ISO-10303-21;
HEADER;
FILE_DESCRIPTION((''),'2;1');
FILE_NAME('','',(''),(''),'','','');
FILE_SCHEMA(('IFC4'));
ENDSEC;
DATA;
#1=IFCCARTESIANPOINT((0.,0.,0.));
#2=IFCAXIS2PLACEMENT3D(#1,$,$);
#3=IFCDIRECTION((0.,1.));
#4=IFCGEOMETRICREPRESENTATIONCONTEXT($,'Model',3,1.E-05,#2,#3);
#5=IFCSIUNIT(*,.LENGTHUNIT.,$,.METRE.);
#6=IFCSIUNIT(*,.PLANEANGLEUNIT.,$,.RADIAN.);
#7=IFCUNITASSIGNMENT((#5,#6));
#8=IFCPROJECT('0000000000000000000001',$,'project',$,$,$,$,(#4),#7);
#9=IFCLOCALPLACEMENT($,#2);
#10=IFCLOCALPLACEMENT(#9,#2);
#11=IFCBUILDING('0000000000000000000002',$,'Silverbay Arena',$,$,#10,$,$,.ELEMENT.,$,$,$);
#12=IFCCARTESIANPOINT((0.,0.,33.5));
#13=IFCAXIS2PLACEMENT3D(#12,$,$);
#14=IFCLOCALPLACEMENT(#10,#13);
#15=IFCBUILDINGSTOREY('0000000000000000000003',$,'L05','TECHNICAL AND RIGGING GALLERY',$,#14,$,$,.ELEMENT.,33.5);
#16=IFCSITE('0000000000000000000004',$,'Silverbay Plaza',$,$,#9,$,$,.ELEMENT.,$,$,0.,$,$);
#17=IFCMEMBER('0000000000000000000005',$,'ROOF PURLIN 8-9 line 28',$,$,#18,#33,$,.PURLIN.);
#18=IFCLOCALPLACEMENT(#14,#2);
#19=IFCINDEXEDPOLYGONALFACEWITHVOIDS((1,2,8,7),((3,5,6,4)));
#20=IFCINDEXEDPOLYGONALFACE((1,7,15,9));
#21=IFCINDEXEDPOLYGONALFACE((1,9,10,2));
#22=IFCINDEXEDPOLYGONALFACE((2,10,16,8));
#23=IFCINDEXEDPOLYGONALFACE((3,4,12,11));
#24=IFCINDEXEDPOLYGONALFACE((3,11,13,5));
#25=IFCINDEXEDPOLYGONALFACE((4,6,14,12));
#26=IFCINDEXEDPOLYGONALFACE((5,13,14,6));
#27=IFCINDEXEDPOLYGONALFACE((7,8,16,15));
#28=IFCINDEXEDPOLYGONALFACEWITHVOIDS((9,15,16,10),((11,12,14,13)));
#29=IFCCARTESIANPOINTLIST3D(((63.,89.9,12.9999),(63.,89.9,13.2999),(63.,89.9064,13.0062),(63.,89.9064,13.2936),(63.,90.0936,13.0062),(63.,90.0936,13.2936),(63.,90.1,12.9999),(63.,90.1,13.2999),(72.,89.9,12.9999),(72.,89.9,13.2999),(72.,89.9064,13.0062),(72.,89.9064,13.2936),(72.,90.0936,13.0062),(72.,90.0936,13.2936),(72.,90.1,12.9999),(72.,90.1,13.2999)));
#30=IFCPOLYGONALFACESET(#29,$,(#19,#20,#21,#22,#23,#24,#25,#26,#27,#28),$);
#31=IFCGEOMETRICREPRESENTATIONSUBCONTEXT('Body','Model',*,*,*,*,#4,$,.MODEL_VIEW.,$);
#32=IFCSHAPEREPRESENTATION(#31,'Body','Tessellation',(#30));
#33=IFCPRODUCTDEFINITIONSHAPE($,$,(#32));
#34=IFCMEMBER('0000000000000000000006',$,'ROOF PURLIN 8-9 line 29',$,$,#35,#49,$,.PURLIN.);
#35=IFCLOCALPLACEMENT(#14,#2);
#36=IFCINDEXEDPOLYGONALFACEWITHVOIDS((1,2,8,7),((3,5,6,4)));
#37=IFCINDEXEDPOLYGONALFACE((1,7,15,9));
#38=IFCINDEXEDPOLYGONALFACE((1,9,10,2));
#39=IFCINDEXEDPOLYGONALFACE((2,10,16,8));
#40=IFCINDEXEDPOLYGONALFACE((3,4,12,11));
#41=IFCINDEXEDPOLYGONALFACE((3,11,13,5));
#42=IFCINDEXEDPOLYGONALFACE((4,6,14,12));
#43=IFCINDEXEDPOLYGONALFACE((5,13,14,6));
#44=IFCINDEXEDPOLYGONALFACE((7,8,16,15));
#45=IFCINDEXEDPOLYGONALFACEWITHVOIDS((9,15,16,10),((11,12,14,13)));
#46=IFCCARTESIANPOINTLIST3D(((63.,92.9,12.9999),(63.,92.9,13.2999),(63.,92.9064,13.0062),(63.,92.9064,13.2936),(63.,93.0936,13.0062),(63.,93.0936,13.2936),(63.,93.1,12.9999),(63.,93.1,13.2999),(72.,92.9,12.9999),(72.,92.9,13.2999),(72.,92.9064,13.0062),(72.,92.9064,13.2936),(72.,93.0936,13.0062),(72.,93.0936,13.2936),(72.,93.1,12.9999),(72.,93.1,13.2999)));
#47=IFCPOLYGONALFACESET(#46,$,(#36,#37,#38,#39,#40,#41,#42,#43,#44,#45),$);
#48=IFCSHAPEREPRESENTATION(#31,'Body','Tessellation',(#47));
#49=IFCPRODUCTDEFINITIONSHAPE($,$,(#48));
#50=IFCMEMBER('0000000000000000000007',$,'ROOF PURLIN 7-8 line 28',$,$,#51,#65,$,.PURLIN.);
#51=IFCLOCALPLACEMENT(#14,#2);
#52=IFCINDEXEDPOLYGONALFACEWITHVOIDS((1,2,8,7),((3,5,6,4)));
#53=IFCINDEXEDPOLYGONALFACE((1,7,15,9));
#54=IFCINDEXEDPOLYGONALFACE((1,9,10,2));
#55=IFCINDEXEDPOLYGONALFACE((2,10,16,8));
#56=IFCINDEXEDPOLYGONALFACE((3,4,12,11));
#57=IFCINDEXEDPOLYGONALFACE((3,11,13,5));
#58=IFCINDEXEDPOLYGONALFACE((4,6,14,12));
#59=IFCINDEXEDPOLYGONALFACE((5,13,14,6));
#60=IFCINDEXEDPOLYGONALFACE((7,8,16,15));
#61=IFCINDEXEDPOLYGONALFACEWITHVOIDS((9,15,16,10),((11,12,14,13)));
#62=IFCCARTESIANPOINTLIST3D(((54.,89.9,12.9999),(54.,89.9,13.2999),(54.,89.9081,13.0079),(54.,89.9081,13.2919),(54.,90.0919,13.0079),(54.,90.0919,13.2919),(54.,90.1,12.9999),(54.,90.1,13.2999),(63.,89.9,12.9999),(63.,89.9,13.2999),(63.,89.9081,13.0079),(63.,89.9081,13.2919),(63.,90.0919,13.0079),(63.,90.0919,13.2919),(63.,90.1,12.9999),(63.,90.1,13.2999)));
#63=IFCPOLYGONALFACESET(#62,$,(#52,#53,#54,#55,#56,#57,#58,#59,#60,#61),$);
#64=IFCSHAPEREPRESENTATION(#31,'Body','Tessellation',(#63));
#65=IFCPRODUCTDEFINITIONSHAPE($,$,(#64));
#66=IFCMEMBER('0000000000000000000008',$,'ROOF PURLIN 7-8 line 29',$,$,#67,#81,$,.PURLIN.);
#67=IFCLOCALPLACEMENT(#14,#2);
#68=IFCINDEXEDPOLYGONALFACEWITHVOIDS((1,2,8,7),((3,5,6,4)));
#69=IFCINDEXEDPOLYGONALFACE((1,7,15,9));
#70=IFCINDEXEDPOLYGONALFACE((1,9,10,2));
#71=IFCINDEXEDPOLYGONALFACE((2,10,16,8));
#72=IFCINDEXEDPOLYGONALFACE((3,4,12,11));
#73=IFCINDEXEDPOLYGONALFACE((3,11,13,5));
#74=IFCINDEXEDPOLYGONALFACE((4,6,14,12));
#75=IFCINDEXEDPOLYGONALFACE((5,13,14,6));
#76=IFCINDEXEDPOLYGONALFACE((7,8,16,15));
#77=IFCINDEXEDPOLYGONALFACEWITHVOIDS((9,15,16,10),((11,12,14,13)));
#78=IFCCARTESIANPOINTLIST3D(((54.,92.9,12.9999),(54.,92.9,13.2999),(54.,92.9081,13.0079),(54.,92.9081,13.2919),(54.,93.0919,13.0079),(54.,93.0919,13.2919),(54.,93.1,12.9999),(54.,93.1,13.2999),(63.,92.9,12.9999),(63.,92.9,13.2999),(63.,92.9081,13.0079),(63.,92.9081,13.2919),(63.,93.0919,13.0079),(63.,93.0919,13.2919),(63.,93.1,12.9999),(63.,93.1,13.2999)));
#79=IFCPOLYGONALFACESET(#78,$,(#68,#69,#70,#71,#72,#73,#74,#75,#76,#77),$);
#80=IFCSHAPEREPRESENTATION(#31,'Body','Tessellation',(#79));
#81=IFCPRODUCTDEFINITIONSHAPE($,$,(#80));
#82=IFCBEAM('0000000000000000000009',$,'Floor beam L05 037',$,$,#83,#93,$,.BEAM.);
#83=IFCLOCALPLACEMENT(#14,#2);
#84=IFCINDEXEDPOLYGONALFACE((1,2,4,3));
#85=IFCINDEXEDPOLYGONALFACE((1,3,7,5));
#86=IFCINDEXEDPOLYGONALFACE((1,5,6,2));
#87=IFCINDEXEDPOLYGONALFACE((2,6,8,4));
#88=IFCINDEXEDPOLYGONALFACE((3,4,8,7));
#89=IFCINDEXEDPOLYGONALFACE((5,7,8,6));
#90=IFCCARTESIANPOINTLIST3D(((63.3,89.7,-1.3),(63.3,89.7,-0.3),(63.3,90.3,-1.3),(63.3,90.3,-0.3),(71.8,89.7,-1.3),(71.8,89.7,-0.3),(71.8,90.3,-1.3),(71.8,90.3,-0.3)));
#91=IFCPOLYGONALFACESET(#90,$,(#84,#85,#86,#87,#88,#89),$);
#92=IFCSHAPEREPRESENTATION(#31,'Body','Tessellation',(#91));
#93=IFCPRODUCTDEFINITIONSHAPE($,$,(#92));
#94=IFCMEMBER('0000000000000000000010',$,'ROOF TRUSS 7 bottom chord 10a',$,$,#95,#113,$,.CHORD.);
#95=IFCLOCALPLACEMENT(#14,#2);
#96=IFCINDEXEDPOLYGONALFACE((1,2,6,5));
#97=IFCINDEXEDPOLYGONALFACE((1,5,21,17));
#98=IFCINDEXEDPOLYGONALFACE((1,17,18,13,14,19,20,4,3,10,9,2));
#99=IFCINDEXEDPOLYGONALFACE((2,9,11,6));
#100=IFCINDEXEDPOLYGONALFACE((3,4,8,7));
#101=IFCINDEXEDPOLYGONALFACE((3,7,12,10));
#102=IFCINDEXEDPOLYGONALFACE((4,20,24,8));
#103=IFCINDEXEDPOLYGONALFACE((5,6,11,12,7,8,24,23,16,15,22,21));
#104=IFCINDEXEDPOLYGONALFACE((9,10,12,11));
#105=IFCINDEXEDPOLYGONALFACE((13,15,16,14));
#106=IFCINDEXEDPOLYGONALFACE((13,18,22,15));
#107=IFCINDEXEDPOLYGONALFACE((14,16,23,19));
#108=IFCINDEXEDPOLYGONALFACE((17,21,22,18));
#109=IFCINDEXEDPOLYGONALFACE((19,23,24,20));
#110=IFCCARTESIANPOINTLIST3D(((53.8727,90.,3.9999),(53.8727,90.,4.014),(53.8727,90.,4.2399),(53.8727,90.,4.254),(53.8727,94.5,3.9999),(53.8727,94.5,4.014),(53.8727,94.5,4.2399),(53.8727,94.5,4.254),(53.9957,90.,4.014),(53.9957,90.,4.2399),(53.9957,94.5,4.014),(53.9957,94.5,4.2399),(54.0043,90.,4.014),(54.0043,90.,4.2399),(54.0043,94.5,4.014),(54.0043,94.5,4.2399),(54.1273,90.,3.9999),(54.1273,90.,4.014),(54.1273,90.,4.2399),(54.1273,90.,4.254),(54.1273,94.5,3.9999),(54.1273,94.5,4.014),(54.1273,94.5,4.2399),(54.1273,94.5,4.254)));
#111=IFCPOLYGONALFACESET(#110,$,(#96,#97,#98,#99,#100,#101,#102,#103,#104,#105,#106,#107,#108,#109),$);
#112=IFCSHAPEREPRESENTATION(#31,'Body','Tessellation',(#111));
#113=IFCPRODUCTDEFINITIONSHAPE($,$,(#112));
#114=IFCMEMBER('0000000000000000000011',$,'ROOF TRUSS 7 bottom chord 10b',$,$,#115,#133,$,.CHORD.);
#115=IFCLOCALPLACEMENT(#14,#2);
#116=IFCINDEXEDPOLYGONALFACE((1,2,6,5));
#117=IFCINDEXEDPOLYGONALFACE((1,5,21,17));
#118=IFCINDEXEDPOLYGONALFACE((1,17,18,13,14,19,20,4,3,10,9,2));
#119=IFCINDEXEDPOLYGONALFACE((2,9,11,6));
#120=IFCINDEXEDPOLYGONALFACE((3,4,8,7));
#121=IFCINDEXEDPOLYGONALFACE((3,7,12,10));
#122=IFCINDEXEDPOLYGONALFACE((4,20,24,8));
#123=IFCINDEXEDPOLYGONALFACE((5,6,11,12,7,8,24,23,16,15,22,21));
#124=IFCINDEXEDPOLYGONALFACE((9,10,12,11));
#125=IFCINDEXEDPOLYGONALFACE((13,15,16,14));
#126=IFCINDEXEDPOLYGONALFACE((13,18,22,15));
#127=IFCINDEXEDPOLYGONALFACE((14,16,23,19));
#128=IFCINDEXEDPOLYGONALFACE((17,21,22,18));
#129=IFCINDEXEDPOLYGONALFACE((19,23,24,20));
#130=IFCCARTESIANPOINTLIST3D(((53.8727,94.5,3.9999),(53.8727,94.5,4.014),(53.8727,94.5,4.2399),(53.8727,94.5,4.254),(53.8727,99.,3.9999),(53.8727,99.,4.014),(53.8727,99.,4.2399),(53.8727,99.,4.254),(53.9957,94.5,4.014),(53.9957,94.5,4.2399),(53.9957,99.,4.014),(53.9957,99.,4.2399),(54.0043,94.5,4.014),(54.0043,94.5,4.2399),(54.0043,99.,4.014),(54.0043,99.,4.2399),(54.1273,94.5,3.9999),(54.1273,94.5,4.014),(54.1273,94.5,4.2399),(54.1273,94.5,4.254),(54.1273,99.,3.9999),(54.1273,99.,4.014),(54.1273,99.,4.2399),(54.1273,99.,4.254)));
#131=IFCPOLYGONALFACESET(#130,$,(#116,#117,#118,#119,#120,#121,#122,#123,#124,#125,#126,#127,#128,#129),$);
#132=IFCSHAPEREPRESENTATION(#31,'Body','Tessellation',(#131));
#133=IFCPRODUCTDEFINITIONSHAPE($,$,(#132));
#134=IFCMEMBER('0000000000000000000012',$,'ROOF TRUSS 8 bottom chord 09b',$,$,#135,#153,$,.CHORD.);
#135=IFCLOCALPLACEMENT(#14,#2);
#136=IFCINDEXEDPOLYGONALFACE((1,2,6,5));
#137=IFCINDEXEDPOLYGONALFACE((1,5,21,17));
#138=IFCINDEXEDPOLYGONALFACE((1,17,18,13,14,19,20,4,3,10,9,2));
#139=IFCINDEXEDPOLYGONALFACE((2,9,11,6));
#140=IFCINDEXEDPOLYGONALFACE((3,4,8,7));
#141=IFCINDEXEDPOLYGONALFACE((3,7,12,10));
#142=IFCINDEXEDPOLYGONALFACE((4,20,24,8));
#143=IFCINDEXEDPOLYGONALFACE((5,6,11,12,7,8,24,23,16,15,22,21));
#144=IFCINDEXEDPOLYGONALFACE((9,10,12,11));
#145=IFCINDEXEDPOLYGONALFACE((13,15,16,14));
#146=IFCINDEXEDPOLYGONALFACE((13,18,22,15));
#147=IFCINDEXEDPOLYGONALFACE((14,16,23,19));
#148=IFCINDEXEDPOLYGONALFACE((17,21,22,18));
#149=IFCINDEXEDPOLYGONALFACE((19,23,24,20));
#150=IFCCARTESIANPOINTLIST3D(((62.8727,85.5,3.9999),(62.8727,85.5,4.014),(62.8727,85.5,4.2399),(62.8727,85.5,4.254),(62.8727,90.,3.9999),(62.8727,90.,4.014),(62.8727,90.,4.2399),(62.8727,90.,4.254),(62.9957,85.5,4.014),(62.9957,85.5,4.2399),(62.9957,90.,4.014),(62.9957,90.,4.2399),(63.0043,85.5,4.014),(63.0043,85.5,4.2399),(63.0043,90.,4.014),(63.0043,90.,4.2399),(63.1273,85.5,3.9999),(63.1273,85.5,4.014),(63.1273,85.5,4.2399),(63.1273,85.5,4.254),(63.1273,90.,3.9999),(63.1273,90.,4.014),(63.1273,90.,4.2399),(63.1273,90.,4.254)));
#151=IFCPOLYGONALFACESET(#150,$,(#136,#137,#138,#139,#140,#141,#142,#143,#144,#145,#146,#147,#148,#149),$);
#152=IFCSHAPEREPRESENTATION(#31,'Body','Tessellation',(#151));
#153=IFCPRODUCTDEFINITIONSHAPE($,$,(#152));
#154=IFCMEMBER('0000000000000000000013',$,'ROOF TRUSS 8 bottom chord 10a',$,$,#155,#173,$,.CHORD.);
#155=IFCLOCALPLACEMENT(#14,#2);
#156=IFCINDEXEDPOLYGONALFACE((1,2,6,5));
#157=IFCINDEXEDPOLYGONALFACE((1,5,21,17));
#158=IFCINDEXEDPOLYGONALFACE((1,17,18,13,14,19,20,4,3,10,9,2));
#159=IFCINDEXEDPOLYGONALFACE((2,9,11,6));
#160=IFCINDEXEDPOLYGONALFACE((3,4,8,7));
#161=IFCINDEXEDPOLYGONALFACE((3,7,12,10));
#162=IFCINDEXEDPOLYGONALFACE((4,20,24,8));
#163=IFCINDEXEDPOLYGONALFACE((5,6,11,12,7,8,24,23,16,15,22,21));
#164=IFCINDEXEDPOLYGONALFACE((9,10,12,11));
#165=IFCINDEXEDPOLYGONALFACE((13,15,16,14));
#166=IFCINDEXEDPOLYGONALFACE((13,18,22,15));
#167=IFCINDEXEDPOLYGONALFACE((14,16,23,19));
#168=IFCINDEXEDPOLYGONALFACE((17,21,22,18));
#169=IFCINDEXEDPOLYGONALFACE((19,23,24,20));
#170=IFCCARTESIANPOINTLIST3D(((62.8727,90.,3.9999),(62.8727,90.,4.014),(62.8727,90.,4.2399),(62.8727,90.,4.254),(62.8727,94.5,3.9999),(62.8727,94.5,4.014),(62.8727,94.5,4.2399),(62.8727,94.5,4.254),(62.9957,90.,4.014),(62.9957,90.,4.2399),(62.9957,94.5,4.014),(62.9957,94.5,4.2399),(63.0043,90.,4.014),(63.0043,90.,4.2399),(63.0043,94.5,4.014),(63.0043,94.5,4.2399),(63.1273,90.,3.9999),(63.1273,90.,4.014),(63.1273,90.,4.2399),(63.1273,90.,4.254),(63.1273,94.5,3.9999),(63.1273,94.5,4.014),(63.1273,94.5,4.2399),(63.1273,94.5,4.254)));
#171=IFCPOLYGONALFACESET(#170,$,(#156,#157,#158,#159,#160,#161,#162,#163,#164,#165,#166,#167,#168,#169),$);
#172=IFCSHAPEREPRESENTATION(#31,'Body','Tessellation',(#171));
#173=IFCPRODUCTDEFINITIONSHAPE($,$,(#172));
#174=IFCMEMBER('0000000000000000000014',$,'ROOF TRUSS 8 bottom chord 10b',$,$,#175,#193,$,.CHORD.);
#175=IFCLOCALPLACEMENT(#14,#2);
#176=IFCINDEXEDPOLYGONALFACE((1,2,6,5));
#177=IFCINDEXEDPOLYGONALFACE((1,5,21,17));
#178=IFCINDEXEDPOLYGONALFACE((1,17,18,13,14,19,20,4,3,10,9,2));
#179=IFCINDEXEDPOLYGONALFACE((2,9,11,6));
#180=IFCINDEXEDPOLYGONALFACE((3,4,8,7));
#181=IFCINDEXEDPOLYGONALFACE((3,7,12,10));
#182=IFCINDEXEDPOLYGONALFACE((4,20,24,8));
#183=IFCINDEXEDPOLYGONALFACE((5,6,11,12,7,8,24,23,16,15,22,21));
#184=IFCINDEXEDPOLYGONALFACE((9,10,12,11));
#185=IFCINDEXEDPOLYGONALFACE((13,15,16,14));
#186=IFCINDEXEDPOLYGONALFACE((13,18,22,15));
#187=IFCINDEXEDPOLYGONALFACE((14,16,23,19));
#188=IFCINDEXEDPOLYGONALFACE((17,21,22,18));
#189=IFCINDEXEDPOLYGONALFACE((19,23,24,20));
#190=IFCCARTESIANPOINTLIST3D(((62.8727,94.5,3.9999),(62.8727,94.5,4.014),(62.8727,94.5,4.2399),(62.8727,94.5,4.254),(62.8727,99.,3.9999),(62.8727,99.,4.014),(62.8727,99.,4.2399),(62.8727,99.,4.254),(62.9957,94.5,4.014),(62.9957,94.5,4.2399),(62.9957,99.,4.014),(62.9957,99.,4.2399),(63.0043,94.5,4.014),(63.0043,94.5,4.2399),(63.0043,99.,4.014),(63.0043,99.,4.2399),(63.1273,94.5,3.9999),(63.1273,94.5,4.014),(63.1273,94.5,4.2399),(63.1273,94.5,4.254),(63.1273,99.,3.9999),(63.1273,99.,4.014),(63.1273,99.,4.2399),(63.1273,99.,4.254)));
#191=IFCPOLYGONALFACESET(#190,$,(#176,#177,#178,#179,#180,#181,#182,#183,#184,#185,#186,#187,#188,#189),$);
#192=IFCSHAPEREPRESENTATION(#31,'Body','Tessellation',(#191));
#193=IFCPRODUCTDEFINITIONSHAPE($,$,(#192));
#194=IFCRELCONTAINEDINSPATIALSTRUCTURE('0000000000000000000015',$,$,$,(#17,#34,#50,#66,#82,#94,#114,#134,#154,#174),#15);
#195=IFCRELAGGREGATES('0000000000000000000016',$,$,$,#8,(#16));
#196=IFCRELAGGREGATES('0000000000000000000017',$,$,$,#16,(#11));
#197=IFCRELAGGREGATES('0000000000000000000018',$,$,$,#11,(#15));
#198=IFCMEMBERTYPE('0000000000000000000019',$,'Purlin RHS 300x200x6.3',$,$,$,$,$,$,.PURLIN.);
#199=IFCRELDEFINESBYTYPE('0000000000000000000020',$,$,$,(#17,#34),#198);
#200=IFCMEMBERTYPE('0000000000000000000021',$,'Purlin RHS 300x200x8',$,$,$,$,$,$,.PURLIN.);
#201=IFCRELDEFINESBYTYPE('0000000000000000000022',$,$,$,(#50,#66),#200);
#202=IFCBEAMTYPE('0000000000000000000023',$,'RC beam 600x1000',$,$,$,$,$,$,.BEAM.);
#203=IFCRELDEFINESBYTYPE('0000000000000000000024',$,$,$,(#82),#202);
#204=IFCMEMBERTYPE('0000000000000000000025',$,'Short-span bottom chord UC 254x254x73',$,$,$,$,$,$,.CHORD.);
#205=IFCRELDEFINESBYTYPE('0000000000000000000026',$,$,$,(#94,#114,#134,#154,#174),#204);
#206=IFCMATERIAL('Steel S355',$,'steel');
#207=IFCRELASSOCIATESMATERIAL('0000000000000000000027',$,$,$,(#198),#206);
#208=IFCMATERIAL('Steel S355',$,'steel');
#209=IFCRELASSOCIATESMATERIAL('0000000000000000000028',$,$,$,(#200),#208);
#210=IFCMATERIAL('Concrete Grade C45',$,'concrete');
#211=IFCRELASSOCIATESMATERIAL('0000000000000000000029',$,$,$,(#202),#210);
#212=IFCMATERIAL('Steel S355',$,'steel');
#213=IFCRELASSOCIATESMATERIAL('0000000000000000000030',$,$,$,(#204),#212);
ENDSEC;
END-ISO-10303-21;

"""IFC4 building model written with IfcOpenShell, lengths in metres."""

from ifc_helpers import new_model, si_unit, direction, frame, origin, origin_2d, place, context, subcontext, project, spatial, rectangle, hollow_rectangle, i_section, extrude, material, material_profile, profile_set, type_object, element, save


model = new_model("IFC4")

# Units and contexts
model_context = context("Model", 3, precision=1e-05, world=origin(), true_north=direction((0.0, 1.0)))
body_context = subcontext(model_context, "Body", "Model", "MODEL_VIEW")
ifc_project = project(units=[si_unit("LENGTHUNIT", "METRE"), si_unit("PLANEANGLEUNIT", "RADIAN")], contexts=[model_context])

# Site, building, storey
site_placement = place(None, origin())
site = spatial("IfcSite", under=ifc_project, at=site_placement, Name="Silverbay Plaza", CompositionType="ELEMENT", RefElevation=0.0)
building_placement = place(site_placement, origin())
building = spatial("IfcBuilding", under=site, at=building_placement, Name="Silverbay Arena", CompositionType="ELEMENT")
storey_placement = place(building_placement, frame((0.0, 0.0, 33.5)))
storey = spatial("IfcBuildingStorey", under=building, at=storey_placement, Name="L05", Description="TECHNICAL AND RIGGING GALLERY", CompositionType="ELEMENT", Elevation=33.5)

# Members
ifc_material_1 = material(Name="Steel S355", Category="steel")
ifc_material_profile_1 = material_profile(ifc_material_1, hollow_rectangle(XDim=0.2, YDim=0.3, WallThickness=0.0063, at=origin_2d()), Name="RHS 300x200x6.3")
ifc_profile_set_1 = profile_set([ifc_material_profile_1], Name="Steel S355")
member_type_1 = type_object("IfcMemberType", Name="Purlin RHS 300x200x6.3", PredefinedType="PURLIN", material=ifc_profile_set_1)
for number, where, z_axis, x_axis, name in (
    (1, (63.0, 90.0, 13.1499), (1.0, 0.0, 0.0), (0.0, 1.0, 0.0), "ROOF PURLIN 8-9 line 28"),
    (2, (63.0, 93.0, 13.1499), (1.0, 0.0, 0.0), (0.0, 1.0, 0.0), "ROOF PURLIN 8-9 line 29"),
):
    element("IfcMember", number, at=place(storey_placement, frame(where, z_axis=z_axis, x_axis=x_axis)), inside=storey, type_object=member_type_1, Name=name, PredefinedType="PURLIN", context=body_context, shape_type="SweptSolid", body=[
        extrude(hollow_rectangle(XDim=0.2, YDim=0.3, WallThickness=0.0063, at=origin_2d()), origin(), (0.0, 0.0, 1.0), 9.0),
    ])
ifc_material_2 = material(Name="Steel S355", Category="steel")
ifc_material_profile_2 = material_profile(ifc_material_2, hollow_rectangle(XDim=0.2, YDim=0.3, WallThickness=0.0081, at=origin_2d()), Name="RHS 300x200x8")
ifc_profile_set_2 = profile_set([ifc_material_profile_2], Name="Steel S355")
member_type_2 = type_object("IfcMemberType", Name="Purlin RHS 300x200x8", PredefinedType="PURLIN", material=ifc_profile_set_2)
for number, where, z_axis, x_axis, name in (
    (3, (54.0, 90.0, 13.1499), (1.0, 0.0, 0.0), (0.0, 1.0, 0.0), "ROOF PURLIN 7-8 line 28"),
    (4, (54.0, 93.0, 13.1499), (1.0, 0.0, 0.0), (0.0, 1.0, 0.0), "ROOF PURLIN 7-8 line 29"),
):
    element("IfcMember", number, at=place(storey_placement, frame(where, z_axis=z_axis, x_axis=x_axis)), inside=storey, type_object=member_type_2, Name=name, PredefinedType="PURLIN", context=body_context, shape_type="SweptSolid", body=[
        extrude(hollow_rectangle(XDim=0.2, YDim=0.3, WallThickness=0.0081, at=origin_2d()), origin(), (0.0, 0.0, 1.0), 9.0),
    ])

# Beam
ifc_material_3 = material(Name="Concrete Grade C45", Category="concrete")
ifc_material_profile_3 = material_profile(ifc_material_3, rectangle(XDim=0.6001, YDim=1.0, at=origin_2d()), Name="RC 600x1000")
ifc_profile_set_3 = profile_set([ifc_material_profile_3], Name="Concrete Grade C45")
beam_type = type_object("IfcBeamType", Name="RC beam 600x1000", PredefinedType="BEAM", material=ifc_profile_set_3)
beam_placement = place(storey_placement, frame((63.3, 90.0, -0.8), z_axis=(1.0, 0.0, 0.0), x_axis=(0.0, 1.0, 0.0)))
element("IfcBeam", 5, at=beam_placement, inside=storey, type_object=beam_type, Name="Floor beam L05 037", PredefinedType="BEAM", context=body_context, shape_type="SweptSolid", body=[
    extrude(rectangle(XDim=0.6001, YDim=1.0, at=origin_2d()), origin(), (0.0, 0.0, 1.0), 8.5),
])

# Members
ifc_material_4 = material(Name="Steel S355", Category="steel")
ifc_material_profile_4 = material_profile(ifc_material_4, i_section(OverallWidth=0.2546, OverallDepth=0.2542, WebThickness=0.0085, FlangeThickness=0.0142, at=origin_2d()), Name="UC 254x254x73")
ifc_profile_set_4 = profile_set([ifc_material_profile_4], Name="Steel S355")
member_type_3 = type_object("IfcMemberType", Name="Short-span bottom chord UC 254x254x73", PredefinedType="CHORD", material=ifc_profile_set_4)
for number, where, z_axis, x_axis, name in (
    (6, (54.0, 90.0, 4.127), (0.0, 1.0, 0.0), (-1.0, 0.0, 0.0), "ROOF TRUSS 7 bottom chord 10a"),
    (7, (54.0, 94.5, 4.127), (0.0, 1.0, 0.0), (-1.0, 0.0, 0.0), "ROOF TRUSS 7 bottom chord 10b"),
    (8, (63.0, 85.5, 4.127), (0.0, 1.0, 0.0), (-1.0, 0.0, 0.0), "ROOF TRUSS 8 bottom chord 09b"),
    (9, (63.0, 90.0, 4.127), (0.0, 1.0, 0.0), (-1.0, 0.0, 0.0), "ROOF TRUSS 8 bottom chord 10a"),
    (10, (63.0, 94.5, 4.127), (0.0, 1.0, 0.0), (-1.0, 0.0, 0.0), "ROOF TRUSS 8 bottom chord 10b"),
):
    element("IfcMember", number, at=place(storey_placement, frame(where, z_axis=z_axis, x_axis=x_axis)), inside=storey, type_object=member_type_3, Name=name, PredefinedType="CHORD", context=body_context, shape_type="SweptSolid", body=[
        extrude(i_section(OverallWidth=0.2546, OverallDepth=0.2542, WebThickness=0.0085, FlangeThickness=0.0142, at=origin_2d()), origin(), (0.0, 0.0, 1.0), 4.5),
    ])

save(model, "model.ifc")
